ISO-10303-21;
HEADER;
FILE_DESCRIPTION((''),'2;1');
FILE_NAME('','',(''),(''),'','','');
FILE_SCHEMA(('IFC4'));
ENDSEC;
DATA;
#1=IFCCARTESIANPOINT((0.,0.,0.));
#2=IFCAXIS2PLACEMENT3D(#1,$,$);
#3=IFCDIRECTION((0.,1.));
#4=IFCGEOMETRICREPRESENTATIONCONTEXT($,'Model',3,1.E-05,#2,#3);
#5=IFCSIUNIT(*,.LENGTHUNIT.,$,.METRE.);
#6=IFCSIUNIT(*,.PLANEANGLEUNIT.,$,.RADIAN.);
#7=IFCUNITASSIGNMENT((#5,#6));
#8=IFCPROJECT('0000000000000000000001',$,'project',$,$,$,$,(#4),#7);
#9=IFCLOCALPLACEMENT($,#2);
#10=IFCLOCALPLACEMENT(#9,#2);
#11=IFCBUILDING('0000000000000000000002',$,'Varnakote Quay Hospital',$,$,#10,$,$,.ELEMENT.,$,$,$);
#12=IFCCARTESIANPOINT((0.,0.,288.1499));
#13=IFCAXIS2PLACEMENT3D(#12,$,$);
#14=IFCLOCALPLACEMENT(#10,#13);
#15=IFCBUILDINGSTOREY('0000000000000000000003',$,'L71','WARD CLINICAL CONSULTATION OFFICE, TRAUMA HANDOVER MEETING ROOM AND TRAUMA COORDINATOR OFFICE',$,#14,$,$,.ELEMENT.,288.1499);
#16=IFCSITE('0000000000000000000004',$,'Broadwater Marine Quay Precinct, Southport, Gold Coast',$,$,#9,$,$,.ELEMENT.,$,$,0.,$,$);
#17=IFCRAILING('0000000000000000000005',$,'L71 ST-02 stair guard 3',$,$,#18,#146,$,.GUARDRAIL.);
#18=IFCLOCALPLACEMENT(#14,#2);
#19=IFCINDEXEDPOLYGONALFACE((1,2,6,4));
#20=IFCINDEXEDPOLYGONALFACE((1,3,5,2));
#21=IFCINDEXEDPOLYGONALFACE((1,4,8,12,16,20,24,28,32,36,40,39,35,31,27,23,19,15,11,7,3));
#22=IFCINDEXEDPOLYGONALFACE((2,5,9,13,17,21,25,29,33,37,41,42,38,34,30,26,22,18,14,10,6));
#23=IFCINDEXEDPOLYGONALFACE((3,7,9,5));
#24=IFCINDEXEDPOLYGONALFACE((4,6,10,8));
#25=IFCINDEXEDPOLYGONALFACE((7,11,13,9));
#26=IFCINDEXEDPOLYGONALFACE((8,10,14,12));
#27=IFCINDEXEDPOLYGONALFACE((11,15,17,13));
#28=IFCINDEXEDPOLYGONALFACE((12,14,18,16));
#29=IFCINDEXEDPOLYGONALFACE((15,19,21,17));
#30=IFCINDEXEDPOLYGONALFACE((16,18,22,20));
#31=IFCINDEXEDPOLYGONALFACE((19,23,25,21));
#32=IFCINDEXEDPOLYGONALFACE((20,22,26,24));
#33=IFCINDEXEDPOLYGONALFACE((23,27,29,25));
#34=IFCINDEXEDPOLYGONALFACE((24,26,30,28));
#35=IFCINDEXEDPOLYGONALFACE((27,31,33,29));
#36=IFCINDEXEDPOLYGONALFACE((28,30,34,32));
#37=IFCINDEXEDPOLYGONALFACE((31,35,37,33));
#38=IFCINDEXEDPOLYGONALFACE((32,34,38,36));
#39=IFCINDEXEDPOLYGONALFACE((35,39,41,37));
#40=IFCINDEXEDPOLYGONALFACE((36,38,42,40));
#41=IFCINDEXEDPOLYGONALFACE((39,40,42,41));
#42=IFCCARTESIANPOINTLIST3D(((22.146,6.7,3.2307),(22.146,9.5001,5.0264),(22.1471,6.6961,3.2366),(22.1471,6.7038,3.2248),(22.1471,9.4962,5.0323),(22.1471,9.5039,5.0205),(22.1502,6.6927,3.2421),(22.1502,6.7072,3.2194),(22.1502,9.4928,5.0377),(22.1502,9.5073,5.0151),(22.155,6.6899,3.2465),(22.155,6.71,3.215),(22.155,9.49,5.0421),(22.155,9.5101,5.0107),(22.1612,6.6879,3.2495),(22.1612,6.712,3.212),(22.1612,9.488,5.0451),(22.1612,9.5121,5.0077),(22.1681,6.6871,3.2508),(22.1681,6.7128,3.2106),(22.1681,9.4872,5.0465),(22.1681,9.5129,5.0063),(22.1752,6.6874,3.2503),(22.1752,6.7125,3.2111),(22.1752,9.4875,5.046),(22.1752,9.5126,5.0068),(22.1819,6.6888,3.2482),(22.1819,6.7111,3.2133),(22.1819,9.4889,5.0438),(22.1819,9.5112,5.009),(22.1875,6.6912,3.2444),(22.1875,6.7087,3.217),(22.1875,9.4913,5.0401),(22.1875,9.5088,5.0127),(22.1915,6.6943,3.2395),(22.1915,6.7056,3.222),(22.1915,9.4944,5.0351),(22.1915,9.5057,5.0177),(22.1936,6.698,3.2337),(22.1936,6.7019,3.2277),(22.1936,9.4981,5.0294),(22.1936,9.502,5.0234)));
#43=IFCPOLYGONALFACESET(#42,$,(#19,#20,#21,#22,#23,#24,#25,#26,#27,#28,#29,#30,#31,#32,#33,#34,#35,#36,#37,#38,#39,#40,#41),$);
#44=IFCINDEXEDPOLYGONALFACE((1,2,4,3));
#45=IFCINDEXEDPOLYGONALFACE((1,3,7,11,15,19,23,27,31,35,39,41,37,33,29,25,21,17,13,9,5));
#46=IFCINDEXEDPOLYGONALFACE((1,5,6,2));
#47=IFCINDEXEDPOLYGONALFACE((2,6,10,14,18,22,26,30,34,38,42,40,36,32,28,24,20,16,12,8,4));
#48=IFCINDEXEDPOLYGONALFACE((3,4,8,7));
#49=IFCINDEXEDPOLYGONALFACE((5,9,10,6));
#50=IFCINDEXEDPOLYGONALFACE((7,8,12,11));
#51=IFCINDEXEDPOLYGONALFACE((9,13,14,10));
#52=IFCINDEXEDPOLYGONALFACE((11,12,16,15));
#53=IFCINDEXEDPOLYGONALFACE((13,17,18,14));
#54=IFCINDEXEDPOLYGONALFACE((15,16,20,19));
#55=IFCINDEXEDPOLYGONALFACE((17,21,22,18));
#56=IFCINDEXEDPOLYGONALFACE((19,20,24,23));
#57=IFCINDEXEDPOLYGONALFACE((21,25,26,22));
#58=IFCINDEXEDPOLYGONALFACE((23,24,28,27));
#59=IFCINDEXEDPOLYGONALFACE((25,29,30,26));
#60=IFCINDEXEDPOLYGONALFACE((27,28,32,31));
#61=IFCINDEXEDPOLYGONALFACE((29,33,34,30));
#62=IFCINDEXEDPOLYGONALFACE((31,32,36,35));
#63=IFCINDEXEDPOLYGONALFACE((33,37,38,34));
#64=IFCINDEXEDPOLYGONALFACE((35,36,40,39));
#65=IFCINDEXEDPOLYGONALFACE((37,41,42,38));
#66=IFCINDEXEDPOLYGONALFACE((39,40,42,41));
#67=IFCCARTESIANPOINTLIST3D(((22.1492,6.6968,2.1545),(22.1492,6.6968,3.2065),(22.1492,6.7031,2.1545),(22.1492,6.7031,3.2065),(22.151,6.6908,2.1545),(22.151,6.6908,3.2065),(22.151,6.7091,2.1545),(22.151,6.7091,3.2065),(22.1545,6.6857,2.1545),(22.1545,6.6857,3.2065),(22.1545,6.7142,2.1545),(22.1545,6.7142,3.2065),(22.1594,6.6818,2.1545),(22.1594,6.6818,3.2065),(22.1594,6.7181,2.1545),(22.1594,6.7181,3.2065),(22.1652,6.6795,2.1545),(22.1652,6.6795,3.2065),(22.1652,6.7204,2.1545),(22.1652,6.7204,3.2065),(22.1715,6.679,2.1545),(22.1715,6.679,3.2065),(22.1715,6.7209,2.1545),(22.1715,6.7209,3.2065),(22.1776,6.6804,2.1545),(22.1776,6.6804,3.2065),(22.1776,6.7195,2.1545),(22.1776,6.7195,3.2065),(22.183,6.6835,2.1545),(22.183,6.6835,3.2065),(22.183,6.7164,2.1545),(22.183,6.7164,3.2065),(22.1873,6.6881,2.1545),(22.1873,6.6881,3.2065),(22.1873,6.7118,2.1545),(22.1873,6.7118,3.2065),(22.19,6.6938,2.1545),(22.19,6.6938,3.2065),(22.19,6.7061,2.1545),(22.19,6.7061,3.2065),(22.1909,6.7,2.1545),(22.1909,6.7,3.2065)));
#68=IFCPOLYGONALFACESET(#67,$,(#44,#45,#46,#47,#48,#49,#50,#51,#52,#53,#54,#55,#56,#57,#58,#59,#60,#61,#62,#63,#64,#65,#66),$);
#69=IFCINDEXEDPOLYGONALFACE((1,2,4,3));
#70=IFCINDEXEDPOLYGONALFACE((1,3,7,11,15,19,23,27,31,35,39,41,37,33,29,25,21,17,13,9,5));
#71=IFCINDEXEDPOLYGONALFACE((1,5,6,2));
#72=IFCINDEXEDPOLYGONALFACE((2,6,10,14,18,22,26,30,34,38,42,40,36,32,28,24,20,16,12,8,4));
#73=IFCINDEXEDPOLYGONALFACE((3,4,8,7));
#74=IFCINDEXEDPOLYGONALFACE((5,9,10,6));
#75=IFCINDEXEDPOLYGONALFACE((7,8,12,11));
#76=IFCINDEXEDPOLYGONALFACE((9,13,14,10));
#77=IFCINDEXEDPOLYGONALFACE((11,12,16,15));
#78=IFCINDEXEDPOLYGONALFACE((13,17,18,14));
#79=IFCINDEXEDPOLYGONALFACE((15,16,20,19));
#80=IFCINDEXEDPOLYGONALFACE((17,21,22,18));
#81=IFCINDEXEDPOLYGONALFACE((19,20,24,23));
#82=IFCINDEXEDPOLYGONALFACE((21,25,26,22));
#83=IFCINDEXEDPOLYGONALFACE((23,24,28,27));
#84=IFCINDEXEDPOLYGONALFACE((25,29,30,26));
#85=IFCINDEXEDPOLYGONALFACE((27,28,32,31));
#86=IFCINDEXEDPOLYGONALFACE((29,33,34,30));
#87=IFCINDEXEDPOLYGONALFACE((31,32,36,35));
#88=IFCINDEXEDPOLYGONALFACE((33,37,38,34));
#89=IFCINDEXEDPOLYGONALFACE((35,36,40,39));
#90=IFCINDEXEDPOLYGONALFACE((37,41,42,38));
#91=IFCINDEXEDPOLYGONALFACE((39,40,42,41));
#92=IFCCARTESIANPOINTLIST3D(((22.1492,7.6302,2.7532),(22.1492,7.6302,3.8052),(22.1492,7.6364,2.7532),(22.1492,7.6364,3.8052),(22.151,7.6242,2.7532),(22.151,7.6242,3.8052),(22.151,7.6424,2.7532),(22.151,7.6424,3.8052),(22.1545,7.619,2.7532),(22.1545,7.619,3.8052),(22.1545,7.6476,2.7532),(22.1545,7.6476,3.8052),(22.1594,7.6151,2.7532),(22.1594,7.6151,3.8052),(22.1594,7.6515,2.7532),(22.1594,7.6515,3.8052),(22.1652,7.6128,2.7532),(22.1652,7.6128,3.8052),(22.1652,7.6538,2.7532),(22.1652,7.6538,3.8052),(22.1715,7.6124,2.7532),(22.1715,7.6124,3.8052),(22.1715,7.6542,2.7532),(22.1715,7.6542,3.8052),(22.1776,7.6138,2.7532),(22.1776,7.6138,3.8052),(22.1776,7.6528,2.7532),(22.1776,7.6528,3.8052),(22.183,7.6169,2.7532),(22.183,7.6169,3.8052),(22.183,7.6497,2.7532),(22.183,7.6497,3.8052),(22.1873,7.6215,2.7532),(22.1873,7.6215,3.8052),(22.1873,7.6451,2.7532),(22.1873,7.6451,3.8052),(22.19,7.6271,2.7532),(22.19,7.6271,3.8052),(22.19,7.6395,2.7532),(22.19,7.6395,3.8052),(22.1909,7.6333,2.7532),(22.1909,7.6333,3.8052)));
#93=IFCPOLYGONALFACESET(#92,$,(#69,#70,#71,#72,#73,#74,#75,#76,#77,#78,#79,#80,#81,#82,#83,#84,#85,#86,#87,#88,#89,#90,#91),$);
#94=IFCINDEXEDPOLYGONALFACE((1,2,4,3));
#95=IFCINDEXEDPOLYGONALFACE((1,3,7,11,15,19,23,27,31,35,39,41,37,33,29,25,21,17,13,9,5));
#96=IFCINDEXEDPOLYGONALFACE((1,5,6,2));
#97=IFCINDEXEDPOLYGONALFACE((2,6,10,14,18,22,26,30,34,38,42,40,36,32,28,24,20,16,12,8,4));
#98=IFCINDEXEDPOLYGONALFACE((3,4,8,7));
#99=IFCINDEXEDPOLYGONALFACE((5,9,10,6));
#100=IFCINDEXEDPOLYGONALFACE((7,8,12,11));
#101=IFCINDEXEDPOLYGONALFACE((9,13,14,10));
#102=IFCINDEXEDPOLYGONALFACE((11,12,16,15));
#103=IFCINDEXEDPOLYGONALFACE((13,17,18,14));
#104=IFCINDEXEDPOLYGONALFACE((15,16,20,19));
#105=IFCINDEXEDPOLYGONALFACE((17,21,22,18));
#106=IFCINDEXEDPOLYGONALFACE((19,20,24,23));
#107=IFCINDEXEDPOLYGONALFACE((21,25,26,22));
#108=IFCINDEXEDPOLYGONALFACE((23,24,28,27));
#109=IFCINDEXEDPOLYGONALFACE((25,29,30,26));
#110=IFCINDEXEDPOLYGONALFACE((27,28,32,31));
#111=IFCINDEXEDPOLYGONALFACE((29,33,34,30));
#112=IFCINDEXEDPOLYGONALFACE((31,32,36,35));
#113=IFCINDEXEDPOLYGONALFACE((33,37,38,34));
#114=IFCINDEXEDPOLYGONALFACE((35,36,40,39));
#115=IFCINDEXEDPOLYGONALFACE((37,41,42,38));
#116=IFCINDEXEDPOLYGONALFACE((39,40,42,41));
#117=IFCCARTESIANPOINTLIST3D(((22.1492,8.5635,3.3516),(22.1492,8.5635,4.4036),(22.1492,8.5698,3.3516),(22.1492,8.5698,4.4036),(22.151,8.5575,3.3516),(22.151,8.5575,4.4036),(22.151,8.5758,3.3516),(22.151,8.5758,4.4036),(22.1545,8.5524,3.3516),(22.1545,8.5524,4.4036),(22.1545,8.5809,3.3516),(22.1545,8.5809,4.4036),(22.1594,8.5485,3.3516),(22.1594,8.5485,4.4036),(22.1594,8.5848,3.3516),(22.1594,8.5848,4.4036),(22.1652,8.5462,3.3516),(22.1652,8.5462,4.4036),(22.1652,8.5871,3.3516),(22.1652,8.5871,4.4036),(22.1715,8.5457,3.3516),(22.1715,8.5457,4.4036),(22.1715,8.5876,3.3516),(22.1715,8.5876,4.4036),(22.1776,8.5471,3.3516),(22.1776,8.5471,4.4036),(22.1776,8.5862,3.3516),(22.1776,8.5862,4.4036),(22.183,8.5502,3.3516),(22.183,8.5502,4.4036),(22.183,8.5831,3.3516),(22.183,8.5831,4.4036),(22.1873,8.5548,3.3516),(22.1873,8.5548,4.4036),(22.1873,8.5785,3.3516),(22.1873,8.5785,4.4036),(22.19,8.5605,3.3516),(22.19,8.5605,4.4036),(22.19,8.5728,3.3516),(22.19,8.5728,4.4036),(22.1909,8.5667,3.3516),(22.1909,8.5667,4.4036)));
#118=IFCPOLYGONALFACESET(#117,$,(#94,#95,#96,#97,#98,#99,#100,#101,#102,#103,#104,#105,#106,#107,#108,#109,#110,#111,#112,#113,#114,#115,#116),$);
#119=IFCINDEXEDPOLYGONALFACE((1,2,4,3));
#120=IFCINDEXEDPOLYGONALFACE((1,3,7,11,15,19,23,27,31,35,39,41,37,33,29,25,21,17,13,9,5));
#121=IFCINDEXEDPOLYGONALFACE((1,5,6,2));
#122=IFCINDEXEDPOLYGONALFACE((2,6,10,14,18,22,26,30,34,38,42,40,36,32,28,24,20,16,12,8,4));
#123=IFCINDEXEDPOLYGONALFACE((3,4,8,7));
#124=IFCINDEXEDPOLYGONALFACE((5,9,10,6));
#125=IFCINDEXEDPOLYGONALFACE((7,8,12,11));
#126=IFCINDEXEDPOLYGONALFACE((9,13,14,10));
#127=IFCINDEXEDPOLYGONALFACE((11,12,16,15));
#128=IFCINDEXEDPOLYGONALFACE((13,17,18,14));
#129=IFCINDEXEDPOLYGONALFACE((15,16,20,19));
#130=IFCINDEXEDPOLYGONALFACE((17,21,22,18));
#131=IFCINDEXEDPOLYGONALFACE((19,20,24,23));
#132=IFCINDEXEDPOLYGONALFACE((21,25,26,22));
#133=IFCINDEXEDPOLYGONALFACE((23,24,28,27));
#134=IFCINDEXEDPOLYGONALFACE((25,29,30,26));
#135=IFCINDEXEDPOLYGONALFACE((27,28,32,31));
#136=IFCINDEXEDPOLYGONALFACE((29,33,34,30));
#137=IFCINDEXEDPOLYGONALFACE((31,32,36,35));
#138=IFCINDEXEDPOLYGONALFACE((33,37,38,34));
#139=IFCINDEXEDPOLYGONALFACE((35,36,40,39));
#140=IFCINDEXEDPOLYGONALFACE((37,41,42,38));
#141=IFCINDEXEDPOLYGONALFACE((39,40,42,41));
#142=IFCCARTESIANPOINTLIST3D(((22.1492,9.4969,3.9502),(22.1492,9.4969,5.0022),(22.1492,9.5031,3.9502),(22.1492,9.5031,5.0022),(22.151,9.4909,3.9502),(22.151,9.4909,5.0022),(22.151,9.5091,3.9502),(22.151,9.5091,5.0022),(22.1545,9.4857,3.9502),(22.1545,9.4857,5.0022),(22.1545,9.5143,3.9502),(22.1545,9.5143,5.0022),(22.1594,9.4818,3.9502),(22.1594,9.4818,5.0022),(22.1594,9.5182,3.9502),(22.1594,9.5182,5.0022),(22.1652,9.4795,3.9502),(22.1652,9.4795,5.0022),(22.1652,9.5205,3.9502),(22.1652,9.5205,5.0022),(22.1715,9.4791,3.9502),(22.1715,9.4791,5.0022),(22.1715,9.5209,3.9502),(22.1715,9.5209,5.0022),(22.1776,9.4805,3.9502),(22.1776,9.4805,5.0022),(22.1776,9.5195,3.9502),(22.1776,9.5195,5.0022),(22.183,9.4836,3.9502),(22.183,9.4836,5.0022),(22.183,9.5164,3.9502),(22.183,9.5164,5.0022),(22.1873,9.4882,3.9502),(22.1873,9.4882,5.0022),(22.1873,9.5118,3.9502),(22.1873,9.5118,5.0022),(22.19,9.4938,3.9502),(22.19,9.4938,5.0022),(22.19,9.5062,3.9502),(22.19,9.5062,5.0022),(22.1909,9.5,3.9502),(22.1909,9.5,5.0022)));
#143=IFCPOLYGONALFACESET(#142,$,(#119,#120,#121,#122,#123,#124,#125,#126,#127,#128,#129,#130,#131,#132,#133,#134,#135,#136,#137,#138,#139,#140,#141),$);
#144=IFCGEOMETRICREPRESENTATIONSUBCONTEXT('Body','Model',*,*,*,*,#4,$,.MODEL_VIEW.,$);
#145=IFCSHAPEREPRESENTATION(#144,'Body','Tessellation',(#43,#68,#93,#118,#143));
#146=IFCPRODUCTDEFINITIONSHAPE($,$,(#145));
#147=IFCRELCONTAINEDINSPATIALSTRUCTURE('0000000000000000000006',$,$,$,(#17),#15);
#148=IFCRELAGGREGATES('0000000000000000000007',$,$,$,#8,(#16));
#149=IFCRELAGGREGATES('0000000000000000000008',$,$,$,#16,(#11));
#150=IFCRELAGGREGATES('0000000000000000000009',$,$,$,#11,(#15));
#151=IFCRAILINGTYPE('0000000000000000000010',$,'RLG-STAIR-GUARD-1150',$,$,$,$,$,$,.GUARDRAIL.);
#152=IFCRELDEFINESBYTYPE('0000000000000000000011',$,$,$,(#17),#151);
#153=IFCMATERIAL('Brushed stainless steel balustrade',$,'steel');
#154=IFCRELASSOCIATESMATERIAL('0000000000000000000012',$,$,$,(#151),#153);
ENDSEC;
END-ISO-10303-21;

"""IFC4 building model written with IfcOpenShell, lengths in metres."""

from ifc_helpers import new_model, si_unit, direction, frame, origin, origin_2d, place, context, subcontext, project, spatial, circle, extrude, material, type_object, element, save


model = new_model("IFC4")

# Units and contexts
model_context = context("Model", 3, precision=1e-05, world=origin(), true_north=direction((0.0, 1.0)))
body_context = subcontext(model_context, "Body", "Model", "MODEL_VIEW")
ifc_project = project(units=[si_unit("LENGTHUNIT", "METRE"), si_unit("PLANEANGLEUNIT", "RADIAN")], contexts=[model_context])

# Site, building, storey
site_placement = place(None, origin())
site = spatial("IfcSite", under=ifc_project, at=site_placement, Name="Broadwater Marine Quay Precinct, Southport, Gold Coast", CompositionType="ELEMENT", RefElevation=0.0)
building_placement = place(site_placement, origin())
building = spatial("IfcBuilding", under=site, at=building_placement, Name="Varnakote Quay Hospital", CompositionType="ELEMENT")
storey_placement = place(building_placement, frame((0.0, 0.0, 288.1499)))
storey = spatial("IfcBuildingStorey", under=building, at=storey_placement, Name="L71", Description="WARD CLINICAL CONSULTATION OFFICE, TRAUMA HANDOVER MEETING ROOM AND TRAUMA COORDINATOR OFFICE", CompositionType="ELEMENT", Elevation=288.1499)

# Railing
ifc_material_1 = material(Name="Brushed stainless steel balustrade", Category="steel")
railing_type_1 = type_object("IfcRailingType", Name="RLG-STAIR-GUARD-1150", PredefinedType="GUARDRAIL", material=ifc_material_1)
railing_1_placement = place(storey_placement, frame((22.1699, 6.7, 2.1545)))
element("IfcRailing", 1, at=railing_1_placement, inside=storey, type_object=railing_type_1, Name="L71 ST-02 stair guard 3", PredefinedType="GUARDRAIL", context=body_context, shape_type="SweptSolid", body=[
    extrude(circle(Radius=0.0239, at=origin_2d()), frame((0.0, 0.0, 1.0762), z_axis=(0.0, 0.841777, 0.539826), x_axis=(-1.0, 0.0, 0.0)), (0.0, 0.0, 1.0), 3.3264),
    extrude(circle(Radius=0.021, at=origin_2d()), origin(), (0.0, 0.0, 1.0), 1.052),
    extrude(circle(Radius=0.021, at=origin_2d()), frame((0.0, 0.9333, 0.5986)), (0.0, 0.0, 1.0), 1.052),
    extrude(circle(Radius=0.021, at=origin_2d()), frame((0.0, 1.8667, 1.197)), (0.0, 0.0, 1.0), 1.052),
    extrude(circle(Radius=0.021, at=origin_2d()), frame((0.0, 2.8, 1.7957)), (0.0, 0.0, 1.0), 1.052),
])

save(model, "model.ifc")
